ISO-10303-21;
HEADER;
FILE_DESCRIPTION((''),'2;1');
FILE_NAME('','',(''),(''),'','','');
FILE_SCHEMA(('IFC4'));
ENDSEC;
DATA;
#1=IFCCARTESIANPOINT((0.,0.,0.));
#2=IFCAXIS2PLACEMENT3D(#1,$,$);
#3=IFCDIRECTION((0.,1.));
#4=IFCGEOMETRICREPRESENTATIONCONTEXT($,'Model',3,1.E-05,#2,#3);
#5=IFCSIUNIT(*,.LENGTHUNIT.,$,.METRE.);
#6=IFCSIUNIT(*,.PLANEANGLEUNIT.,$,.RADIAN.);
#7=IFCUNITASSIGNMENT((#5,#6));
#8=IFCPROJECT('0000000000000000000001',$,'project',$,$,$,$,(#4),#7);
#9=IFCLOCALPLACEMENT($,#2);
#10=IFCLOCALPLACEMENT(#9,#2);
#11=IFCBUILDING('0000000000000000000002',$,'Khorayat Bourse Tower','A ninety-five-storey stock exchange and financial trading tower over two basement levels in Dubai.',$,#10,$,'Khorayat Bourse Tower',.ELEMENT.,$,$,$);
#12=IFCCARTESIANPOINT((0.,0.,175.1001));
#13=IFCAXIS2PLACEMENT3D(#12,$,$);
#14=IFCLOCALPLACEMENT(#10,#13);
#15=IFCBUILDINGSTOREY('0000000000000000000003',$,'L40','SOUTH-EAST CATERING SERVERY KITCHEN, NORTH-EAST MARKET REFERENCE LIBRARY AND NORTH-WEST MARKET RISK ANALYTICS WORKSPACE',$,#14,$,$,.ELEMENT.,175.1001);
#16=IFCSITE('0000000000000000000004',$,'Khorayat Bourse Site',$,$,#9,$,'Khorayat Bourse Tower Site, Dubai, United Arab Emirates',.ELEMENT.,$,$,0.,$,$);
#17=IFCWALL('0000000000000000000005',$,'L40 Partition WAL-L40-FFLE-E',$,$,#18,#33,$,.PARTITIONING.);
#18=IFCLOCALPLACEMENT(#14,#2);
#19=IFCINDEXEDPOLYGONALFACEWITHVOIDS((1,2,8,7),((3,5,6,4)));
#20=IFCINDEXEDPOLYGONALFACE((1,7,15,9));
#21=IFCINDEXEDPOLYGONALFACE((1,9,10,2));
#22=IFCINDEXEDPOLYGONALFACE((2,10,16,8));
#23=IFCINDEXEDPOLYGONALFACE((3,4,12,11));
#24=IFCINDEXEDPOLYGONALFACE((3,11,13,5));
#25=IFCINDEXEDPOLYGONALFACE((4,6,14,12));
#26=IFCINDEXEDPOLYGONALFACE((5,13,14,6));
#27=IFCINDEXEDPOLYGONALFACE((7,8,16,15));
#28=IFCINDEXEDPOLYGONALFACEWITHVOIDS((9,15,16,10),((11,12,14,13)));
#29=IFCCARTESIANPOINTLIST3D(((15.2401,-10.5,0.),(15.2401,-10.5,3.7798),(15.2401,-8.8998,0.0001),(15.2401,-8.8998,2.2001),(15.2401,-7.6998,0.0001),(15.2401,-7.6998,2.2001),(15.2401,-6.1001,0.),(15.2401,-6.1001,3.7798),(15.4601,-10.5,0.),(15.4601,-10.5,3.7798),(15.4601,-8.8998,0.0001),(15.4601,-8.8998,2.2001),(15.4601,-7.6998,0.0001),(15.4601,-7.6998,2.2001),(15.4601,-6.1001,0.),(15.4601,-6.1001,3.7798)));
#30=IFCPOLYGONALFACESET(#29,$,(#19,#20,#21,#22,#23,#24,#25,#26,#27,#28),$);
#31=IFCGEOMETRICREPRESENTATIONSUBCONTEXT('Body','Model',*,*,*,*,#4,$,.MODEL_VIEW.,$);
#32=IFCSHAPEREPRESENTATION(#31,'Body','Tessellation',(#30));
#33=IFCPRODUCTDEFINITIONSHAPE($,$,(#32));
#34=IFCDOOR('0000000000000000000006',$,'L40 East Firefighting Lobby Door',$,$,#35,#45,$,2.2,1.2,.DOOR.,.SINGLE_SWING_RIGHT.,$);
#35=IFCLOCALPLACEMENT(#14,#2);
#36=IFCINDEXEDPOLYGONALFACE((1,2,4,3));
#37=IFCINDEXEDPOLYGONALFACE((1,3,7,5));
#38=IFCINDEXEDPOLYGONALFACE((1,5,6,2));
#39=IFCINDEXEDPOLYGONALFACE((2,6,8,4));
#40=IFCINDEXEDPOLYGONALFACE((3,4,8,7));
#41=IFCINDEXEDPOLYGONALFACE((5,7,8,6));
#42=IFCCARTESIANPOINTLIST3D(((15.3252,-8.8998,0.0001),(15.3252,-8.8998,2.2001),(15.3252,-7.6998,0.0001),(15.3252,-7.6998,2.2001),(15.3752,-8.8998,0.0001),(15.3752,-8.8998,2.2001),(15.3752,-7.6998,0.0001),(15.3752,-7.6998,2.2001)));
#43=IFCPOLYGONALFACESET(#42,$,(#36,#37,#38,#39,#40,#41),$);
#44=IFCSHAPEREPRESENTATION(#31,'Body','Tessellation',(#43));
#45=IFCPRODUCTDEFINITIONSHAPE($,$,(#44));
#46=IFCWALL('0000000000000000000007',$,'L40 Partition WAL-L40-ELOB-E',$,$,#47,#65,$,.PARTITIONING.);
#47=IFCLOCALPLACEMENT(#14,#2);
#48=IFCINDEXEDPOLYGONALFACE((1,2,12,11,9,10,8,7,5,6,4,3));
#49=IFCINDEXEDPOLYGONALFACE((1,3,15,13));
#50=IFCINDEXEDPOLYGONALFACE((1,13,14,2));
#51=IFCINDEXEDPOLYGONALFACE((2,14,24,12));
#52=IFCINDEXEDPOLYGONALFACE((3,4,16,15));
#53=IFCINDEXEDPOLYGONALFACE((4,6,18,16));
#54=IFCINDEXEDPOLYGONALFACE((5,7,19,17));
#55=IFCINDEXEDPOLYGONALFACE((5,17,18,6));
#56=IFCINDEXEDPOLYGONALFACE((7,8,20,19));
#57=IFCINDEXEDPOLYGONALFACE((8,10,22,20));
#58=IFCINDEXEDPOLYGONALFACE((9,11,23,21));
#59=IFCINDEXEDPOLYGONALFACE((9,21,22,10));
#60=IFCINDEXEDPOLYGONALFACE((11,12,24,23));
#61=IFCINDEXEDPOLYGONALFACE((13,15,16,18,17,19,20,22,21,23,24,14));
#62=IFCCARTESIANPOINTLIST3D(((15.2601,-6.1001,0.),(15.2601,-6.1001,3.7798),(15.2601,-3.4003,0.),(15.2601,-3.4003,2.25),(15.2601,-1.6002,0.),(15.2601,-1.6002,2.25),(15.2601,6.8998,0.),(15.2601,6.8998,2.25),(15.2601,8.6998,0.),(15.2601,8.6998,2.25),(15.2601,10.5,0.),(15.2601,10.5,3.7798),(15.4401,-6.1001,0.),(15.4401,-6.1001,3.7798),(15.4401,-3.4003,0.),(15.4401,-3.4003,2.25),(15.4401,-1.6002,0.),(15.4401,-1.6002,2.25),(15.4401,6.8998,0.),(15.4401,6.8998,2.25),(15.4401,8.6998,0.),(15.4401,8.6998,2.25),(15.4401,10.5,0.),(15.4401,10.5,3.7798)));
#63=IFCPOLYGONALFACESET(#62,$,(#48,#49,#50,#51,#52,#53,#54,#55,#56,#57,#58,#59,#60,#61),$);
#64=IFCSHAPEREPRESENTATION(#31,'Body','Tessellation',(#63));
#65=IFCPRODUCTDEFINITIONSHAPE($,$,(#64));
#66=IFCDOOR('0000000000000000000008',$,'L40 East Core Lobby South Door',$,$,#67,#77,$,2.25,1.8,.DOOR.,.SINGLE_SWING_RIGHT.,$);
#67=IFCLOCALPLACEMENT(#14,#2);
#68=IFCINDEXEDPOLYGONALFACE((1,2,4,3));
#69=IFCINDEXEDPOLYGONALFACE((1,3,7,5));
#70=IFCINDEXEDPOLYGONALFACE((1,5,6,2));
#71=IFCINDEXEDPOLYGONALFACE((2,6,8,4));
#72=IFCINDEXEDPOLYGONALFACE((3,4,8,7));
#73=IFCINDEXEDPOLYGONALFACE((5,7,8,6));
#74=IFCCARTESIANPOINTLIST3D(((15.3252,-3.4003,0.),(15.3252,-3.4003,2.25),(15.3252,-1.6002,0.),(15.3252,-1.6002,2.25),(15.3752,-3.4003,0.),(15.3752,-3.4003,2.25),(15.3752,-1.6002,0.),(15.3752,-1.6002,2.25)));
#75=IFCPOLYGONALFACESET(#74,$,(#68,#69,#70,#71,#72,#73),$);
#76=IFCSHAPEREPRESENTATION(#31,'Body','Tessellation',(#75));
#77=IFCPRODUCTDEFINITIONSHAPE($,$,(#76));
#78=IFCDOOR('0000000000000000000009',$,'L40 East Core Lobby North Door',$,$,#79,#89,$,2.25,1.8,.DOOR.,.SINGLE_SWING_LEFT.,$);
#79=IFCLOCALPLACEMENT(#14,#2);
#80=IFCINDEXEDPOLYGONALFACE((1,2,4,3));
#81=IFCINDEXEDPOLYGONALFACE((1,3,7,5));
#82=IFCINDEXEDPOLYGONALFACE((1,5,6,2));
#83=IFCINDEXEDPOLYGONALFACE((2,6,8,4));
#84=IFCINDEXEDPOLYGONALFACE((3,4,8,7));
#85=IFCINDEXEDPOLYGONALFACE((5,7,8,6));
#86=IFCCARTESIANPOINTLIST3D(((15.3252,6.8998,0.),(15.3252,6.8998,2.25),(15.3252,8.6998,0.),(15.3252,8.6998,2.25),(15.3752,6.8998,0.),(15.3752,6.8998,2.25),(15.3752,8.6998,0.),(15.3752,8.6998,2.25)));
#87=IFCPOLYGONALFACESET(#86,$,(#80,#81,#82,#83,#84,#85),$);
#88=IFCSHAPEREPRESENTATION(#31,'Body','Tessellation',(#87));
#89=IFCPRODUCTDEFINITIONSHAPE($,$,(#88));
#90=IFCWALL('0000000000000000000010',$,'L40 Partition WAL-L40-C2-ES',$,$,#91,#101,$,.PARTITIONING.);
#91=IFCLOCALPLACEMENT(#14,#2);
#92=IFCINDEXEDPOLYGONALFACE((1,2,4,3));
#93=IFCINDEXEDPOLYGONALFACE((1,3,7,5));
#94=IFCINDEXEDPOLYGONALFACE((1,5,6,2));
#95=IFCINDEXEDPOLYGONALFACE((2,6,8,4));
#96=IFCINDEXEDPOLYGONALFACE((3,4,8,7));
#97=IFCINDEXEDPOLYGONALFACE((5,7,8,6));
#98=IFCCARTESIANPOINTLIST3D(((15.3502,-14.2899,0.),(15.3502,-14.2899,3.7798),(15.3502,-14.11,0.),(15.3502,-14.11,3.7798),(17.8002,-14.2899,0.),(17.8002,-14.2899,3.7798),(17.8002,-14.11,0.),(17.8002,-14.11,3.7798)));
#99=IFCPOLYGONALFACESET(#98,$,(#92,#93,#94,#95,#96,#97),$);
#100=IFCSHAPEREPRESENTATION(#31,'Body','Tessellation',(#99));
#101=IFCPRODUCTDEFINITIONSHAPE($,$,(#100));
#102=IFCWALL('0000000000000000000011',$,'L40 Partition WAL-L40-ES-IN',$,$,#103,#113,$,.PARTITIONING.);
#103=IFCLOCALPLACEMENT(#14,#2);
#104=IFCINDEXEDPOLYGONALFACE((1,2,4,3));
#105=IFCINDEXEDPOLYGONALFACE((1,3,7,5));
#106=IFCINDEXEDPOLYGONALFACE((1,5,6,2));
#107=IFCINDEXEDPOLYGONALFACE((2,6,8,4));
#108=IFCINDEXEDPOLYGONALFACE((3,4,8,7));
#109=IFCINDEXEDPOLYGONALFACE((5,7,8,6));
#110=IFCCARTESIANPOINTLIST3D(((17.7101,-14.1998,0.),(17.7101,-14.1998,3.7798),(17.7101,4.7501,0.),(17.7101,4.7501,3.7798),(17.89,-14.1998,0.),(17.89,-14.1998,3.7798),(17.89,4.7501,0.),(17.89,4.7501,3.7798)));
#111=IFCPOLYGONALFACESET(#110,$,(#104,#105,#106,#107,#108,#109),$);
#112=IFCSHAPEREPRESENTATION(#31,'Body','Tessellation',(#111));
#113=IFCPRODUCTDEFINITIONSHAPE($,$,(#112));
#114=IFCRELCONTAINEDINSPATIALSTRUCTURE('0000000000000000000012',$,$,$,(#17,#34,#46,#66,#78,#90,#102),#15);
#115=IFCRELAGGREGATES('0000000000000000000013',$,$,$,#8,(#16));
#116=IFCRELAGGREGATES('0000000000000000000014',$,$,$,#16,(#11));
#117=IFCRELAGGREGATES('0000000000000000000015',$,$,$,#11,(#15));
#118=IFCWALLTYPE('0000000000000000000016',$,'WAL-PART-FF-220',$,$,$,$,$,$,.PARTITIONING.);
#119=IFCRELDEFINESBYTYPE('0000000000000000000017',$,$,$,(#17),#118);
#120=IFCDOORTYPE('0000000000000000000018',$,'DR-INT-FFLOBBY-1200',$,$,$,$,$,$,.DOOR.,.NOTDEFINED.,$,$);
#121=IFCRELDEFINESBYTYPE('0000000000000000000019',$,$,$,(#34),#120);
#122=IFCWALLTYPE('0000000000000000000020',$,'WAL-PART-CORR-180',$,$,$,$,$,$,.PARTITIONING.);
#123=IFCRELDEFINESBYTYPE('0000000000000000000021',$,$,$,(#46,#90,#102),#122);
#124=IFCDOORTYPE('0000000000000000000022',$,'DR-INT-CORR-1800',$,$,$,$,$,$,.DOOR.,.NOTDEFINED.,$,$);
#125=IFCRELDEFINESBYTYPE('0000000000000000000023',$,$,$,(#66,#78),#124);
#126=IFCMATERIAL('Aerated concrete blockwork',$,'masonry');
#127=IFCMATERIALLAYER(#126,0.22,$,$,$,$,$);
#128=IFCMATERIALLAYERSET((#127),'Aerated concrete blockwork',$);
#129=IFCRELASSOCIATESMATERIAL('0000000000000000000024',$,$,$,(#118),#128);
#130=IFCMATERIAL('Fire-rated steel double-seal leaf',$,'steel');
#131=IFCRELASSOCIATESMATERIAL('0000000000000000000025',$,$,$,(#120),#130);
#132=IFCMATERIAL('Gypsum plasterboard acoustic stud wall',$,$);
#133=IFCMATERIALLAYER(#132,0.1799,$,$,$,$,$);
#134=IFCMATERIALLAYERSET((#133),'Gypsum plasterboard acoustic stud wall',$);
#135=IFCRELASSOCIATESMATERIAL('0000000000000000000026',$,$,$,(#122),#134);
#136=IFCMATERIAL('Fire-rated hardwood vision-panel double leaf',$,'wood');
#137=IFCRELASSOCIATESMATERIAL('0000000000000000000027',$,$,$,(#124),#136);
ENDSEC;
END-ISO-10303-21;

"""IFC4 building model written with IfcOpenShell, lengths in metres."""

from ifc_helpers import new_model, si_unit, direction, frame, frame_2d, origin, place, context, subcontext, project, spatial, rectangle, extrude, source, transform, mapped, material, layer, layer_set, type_object, element, fill, save


model = new_model("IFC4")

# Units and contexts
model_context = context("Model", 3, precision=1e-05, world=origin(), true_north=direction((0.0, 1.0)))
body_context = subcontext(model_context, "Body", "Model", "MODEL_VIEW")
ifc_project = project(units=[si_unit("LENGTHUNIT", "METRE"), si_unit("PLANEANGLEUNIT", "RADIAN")], contexts=[model_context])

# Site, building, storey
site_placement = place(None, origin())
site = spatial("IfcSite", under=ifc_project, at=site_placement, Name="Khorayat Bourse Site", LongName="Khorayat Bourse Tower Site, Dubai, United Arab Emirates", CompositionType="ELEMENT", RefElevation=0.0)
building_placement = place(site_placement, origin())
building = spatial("IfcBuilding", under=site, at=building_placement, Name="Khorayat Bourse Tower", Description="A ninety-five-storey stock exchange and financial trading tower over two basement levels in Dubai.", LongName="Khorayat Bourse Tower", CompositionType="ELEMENT")
storey_placement = place(building_placement, frame((0.0, 0.0, 175.1001)))
storey = spatial("IfcBuildingStorey", under=building, at=storey_placement, Name="L40", Description="SOUTH-EAST CATERING SERVERY KITCHEN, NORTH-EAST MARKET REFERENCE LIBRARY AND NORTH-WEST MARKET RISK ANALYTICS WORKSPACE", CompositionType="ELEMENT", Elevation=175.1001)

# Shared definitions
ifc_material_1 = material(Name="Aerated concrete blockwork", Category="masonry")
ifc_layer_1 = layer(ifc_material_1, 0.22)
ifc_layer_set_1 = layer_set([ifc_layer_1], Name="Aerated concrete blockwork")
wall_type_1 = type_object("IfcWallType", Name="WAL-PART-FF-220", PredefinedType="PARTITIONING", material=ifc_layer_set_1)

# Wall, opening, door
shared_shape_1 = source(origin(), body_context, "Body", "SweptSolid", [
    extrude(rectangle(XDim=4.3999, YDim=0.22, at=frame_2d((2.2, 0.0))), origin(), (0.0, 0.0, 1.0), 3.7798),
])
wall_1_placement = place(storey_placement, frame((15.3501, -10.5, 0.0), z_axis=(0.0, 0.0, 1.0), x_axis=(0.0, 1.0, 0.0)))
wall_1 = element("IfcWall", 1, at=wall_1_placement, inside=storey, type_object=wall_type_1, Name="L40 Partition WAL-L40-FFLE-E", PredefinedType="PARTITIONING", context=body_context, shape_type="MappedRepresentation", body=[
    mapped(shared_shape_1, transform((0.0, 0.0, 0.0), scale=1.0)),
])
shared_shape_2 = source(origin(), body_context, "Body", "SweptSolid", [
    extrude(rectangle(XDim=1.2, YDim=2.2, at=frame_2d((0.6001, 1.1001))), frame((0.0, 0.1199, 0.0), z_axis=(0.0, -1.0, 0.0), x_axis=(1.0, 0.0, 0.0)), (0.0, 0.0, 1.0), 0.24),
])
opening_1_placement = place(wall_1_placement, frame((1.6001, 0.0, 0.0)))
opening_1 = element("IfcOpeningElement", 2, at=opening_1_placement, cuts=wall_1, PredefinedType="OPENING", context=body_context, shape_type="MappedRepresentation", body=[
    mapped(shared_shape_2, transform((0.0, 0.0, 0.0), scale=1.0)),
])
ifc_material_2 = material(Name="Fire-rated steel double-seal leaf", Category="steel")
door_type_1 = type_object("IfcDoorType", Name="DR-INT-FFLOBBY-1200", OperationType="NOTDEFINED", PredefinedType="DOOR", material=ifc_material_2)
shared_shape_3 = source(origin(), body_context, "Body", "SweptSolid", [
    extrude(rectangle(XDim=1.2, YDim=2.2, at=frame_2d((0.6001, 1.1001))), frame((0.0, 0.0249, 0.0), z_axis=(0.0, -1.0, 0.0), x_axis=(1.0, 0.0, 0.0)), (0.0, 0.0, 1.0), 0.05),
])
door_1_placement = place(opening_1_placement, origin())
door_1 = element("IfcDoor", 3, at=door_1_placement, inside=storey, type_object=door_type_1, Name="L40 East Firefighting Lobby Door", OperationType="SINGLE_SWING_RIGHT", OverallHeight=2.2, OverallWidth=1.2, PredefinedType="DOOR", context=body_context, shape_type="MappedRepresentation", body=[
    mapped(shared_shape_3, transform((0.0, 0.0, 0.0), scale=1.0)),
])
fill(opening_1, door_1)

# Wall, openings, doors
ifc_material_3 = material(Name="Gypsum plasterboard acoustic stud wall")
ifc_layer_2 = layer(ifc_material_3, 0.1799)
ifc_layer_set_2 = layer_set([ifc_layer_2], Name="Gypsum plasterboard acoustic stud wall")
wall_type_2 = type_object("IfcWallType", Name="WAL-PART-CORR-180", PredefinedType="PARTITIONING", material=ifc_layer_set_2)
shared_shape_4 = source(origin(), body_context, "Body", "SweptSolid", [
    extrude(rectangle(XDim=16.6001, YDim=0.1799, at=frame_2d((8.3, 0.0))), origin(), (0.0, 0.0, 1.0), 3.7798),
])
wall_2_placement = place(storey_placement, frame((15.3501, -6.1001, 0.0), z_axis=(0.0, 0.0, 1.0), x_axis=(0.0, 1.0, 0.0)))
wall_2 = element("IfcWall", 4, at=wall_2_placement, inside=storey, type_object=wall_type_2, Name="L40 Partition WAL-L40-ELOB-E", PredefinedType="PARTITIONING", context=body_context, shape_type="MappedRepresentation", body=[
    mapped(shared_shape_4, transform((0.0, 0.0, 0.0), scale=1.0)),
])
shared_shape_5 = source(origin(), body_context, "Body", "SweptSolid", [
    extrude(rectangle(XDim=1.8, YDim=2.25, at=frame_2d((0.8999, 1.125))), frame((0.0, 0.0999, 0.0), z_axis=(0.0, -1.0, 0.0), x_axis=(1.0, 0.0, 0.0)), (0.0, 0.0, 1.0), 0.2),
])
opening_2_placement = place(wall_2_placement, frame((2.7, 0.0, 0.0)))
opening_2 = element("IfcOpeningElement", 5, at=opening_2_placement, cuts=wall_2, PredefinedType="OPENING", context=body_context, shape_type="MappedRepresentation", body=[
    mapped(shared_shape_5, transform((0.0, 0.0, 0.0), scale=1.0)),
])
opening_3_placement = place(wall_2_placement, frame((13.0, 0.0, 0.0)))
opening_3 = element("IfcOpeningElement", 6, at=opening_3_placement, cuts=wall_2, PredefinedType="OPENING", context=body_context, shape_type="MappedRepresentation", body=[
    mapped(shared_shape_5, transform((0.0, 0.0, 0.0), scale=1.0)),
])
ifc_material_4 = material(Name="Fire-rated hardwood vision-panel double leaf", Category="wood")
door_type_2 = type_object("IfcDoorType", Name="DR-INT-CORR-1800", OperationType="NOTDEFINED", PredefinedType="DOOR", material=ifc_material_4)
shared_shape_6 = source(origin(), body_context, "Body", "SweptSolid", [
    extrude(rectangle(XDim=1.8, YDim=2.25, at=frame_2d((0.8999, 1.125))), frame((0.0, 0.0249, 0.0), z_axis=(0.0, -1.0, 0.0), x_axis=(1.0, 0.0, 0.0)), (0.0, 0.0, 1.0), 0.05),
])
door_2_placement = place(opening_2_placement, origin())
door_2 = element("IfcDoor", 7, at=door_2_placement, inside=storey, type_object=door_type_2, Name="L40 East Core Lobby South Door", OperationType="SINGLE_SWING_RIGHT", OverallHeight=2.25, OverallWidth=1.8, PredefinedType="DOOR", context=body_context, shape_type="MappedRepresentation", body=[
    mapped(shared_shape_6, transform((0.0, 0.0, 0.0), scale=1.0)),
])
fill(opening_2, door_2)
door_3_placement = place(opening_3_placement, origin())
door_3 = element("IfcDoor", 8, at=door_3_placement, inside=storey, type_object=door_type_2, Name="L40 East Core Lobby North Door", OperationType="SINGLE_SWING_LEFT", OverallHeight=2.25, OverallWidth=1.8, PredefinedType="DOOR", context=body_context, shape_type="MappedRepresentation", body=[
    mapped(shared_shape_6, transform((0.0, 0.0, 0.0), scale=1.0)),
])
fill(opening_3, door_3)

# Walls
shared_shape_7 = source(origin(), body_context, "Body", "SweptSolid", [
    extrude(rectangle(XDim=2.45, YDim=0.1799, at=frame_2d((1.2251, 0.0))), origin(), (0.0, 0.0, 1.0), 3.7798),
])
wall_3_placement = place(storey_placement, frame((15.3501, -14.2, 0.0), z_axis=(0.0, 0.0, 1.0), x_axis=(1.0, 0.0, 0.0)))
element("IfcWall", 9, at=wall_3_placement, inside=storey, type_object=wall_type_2, Name="L40 Partition WAL-L40-C2-ES", PredefinedType="PARTITIONING", context=body_context, shape_type="MappedRepresentation", body=[
    mapped(shared_shape_7, transform((0.0, 0.0, 0.0), scale=1.0)),
])
shared_shape_8 = source(origin(), body_context, "Body", "SweptSolid", [
    extrude(rectangle(XDim=18.95, YDim=0.1799, at=frame_2d((9.4751, 0.0))), origin(), (0.0, 0.0, 1.0), 3.7798),
])
wall_4_placement = place(storey_placement, frame((17.8, -14.2, 0.0), z_axis=(0.0, 0.0, 1.0), x_axis=(0.0, 1.0, 0.0)))
element("IfcWall", 10, at=wall_4_placement, inside=storey, type_object=wall_type_2, Name="L40 Partition WAL-L40-ES-IN", PredefinedType="PARTITIONING", context=body_context, shape_type="MappedRepresentation", body=[
    mapped(shared_shape_8, transform((0.0, 0.0, 0.0), scale=1.0)),
])

save(model, "model.ifc")
